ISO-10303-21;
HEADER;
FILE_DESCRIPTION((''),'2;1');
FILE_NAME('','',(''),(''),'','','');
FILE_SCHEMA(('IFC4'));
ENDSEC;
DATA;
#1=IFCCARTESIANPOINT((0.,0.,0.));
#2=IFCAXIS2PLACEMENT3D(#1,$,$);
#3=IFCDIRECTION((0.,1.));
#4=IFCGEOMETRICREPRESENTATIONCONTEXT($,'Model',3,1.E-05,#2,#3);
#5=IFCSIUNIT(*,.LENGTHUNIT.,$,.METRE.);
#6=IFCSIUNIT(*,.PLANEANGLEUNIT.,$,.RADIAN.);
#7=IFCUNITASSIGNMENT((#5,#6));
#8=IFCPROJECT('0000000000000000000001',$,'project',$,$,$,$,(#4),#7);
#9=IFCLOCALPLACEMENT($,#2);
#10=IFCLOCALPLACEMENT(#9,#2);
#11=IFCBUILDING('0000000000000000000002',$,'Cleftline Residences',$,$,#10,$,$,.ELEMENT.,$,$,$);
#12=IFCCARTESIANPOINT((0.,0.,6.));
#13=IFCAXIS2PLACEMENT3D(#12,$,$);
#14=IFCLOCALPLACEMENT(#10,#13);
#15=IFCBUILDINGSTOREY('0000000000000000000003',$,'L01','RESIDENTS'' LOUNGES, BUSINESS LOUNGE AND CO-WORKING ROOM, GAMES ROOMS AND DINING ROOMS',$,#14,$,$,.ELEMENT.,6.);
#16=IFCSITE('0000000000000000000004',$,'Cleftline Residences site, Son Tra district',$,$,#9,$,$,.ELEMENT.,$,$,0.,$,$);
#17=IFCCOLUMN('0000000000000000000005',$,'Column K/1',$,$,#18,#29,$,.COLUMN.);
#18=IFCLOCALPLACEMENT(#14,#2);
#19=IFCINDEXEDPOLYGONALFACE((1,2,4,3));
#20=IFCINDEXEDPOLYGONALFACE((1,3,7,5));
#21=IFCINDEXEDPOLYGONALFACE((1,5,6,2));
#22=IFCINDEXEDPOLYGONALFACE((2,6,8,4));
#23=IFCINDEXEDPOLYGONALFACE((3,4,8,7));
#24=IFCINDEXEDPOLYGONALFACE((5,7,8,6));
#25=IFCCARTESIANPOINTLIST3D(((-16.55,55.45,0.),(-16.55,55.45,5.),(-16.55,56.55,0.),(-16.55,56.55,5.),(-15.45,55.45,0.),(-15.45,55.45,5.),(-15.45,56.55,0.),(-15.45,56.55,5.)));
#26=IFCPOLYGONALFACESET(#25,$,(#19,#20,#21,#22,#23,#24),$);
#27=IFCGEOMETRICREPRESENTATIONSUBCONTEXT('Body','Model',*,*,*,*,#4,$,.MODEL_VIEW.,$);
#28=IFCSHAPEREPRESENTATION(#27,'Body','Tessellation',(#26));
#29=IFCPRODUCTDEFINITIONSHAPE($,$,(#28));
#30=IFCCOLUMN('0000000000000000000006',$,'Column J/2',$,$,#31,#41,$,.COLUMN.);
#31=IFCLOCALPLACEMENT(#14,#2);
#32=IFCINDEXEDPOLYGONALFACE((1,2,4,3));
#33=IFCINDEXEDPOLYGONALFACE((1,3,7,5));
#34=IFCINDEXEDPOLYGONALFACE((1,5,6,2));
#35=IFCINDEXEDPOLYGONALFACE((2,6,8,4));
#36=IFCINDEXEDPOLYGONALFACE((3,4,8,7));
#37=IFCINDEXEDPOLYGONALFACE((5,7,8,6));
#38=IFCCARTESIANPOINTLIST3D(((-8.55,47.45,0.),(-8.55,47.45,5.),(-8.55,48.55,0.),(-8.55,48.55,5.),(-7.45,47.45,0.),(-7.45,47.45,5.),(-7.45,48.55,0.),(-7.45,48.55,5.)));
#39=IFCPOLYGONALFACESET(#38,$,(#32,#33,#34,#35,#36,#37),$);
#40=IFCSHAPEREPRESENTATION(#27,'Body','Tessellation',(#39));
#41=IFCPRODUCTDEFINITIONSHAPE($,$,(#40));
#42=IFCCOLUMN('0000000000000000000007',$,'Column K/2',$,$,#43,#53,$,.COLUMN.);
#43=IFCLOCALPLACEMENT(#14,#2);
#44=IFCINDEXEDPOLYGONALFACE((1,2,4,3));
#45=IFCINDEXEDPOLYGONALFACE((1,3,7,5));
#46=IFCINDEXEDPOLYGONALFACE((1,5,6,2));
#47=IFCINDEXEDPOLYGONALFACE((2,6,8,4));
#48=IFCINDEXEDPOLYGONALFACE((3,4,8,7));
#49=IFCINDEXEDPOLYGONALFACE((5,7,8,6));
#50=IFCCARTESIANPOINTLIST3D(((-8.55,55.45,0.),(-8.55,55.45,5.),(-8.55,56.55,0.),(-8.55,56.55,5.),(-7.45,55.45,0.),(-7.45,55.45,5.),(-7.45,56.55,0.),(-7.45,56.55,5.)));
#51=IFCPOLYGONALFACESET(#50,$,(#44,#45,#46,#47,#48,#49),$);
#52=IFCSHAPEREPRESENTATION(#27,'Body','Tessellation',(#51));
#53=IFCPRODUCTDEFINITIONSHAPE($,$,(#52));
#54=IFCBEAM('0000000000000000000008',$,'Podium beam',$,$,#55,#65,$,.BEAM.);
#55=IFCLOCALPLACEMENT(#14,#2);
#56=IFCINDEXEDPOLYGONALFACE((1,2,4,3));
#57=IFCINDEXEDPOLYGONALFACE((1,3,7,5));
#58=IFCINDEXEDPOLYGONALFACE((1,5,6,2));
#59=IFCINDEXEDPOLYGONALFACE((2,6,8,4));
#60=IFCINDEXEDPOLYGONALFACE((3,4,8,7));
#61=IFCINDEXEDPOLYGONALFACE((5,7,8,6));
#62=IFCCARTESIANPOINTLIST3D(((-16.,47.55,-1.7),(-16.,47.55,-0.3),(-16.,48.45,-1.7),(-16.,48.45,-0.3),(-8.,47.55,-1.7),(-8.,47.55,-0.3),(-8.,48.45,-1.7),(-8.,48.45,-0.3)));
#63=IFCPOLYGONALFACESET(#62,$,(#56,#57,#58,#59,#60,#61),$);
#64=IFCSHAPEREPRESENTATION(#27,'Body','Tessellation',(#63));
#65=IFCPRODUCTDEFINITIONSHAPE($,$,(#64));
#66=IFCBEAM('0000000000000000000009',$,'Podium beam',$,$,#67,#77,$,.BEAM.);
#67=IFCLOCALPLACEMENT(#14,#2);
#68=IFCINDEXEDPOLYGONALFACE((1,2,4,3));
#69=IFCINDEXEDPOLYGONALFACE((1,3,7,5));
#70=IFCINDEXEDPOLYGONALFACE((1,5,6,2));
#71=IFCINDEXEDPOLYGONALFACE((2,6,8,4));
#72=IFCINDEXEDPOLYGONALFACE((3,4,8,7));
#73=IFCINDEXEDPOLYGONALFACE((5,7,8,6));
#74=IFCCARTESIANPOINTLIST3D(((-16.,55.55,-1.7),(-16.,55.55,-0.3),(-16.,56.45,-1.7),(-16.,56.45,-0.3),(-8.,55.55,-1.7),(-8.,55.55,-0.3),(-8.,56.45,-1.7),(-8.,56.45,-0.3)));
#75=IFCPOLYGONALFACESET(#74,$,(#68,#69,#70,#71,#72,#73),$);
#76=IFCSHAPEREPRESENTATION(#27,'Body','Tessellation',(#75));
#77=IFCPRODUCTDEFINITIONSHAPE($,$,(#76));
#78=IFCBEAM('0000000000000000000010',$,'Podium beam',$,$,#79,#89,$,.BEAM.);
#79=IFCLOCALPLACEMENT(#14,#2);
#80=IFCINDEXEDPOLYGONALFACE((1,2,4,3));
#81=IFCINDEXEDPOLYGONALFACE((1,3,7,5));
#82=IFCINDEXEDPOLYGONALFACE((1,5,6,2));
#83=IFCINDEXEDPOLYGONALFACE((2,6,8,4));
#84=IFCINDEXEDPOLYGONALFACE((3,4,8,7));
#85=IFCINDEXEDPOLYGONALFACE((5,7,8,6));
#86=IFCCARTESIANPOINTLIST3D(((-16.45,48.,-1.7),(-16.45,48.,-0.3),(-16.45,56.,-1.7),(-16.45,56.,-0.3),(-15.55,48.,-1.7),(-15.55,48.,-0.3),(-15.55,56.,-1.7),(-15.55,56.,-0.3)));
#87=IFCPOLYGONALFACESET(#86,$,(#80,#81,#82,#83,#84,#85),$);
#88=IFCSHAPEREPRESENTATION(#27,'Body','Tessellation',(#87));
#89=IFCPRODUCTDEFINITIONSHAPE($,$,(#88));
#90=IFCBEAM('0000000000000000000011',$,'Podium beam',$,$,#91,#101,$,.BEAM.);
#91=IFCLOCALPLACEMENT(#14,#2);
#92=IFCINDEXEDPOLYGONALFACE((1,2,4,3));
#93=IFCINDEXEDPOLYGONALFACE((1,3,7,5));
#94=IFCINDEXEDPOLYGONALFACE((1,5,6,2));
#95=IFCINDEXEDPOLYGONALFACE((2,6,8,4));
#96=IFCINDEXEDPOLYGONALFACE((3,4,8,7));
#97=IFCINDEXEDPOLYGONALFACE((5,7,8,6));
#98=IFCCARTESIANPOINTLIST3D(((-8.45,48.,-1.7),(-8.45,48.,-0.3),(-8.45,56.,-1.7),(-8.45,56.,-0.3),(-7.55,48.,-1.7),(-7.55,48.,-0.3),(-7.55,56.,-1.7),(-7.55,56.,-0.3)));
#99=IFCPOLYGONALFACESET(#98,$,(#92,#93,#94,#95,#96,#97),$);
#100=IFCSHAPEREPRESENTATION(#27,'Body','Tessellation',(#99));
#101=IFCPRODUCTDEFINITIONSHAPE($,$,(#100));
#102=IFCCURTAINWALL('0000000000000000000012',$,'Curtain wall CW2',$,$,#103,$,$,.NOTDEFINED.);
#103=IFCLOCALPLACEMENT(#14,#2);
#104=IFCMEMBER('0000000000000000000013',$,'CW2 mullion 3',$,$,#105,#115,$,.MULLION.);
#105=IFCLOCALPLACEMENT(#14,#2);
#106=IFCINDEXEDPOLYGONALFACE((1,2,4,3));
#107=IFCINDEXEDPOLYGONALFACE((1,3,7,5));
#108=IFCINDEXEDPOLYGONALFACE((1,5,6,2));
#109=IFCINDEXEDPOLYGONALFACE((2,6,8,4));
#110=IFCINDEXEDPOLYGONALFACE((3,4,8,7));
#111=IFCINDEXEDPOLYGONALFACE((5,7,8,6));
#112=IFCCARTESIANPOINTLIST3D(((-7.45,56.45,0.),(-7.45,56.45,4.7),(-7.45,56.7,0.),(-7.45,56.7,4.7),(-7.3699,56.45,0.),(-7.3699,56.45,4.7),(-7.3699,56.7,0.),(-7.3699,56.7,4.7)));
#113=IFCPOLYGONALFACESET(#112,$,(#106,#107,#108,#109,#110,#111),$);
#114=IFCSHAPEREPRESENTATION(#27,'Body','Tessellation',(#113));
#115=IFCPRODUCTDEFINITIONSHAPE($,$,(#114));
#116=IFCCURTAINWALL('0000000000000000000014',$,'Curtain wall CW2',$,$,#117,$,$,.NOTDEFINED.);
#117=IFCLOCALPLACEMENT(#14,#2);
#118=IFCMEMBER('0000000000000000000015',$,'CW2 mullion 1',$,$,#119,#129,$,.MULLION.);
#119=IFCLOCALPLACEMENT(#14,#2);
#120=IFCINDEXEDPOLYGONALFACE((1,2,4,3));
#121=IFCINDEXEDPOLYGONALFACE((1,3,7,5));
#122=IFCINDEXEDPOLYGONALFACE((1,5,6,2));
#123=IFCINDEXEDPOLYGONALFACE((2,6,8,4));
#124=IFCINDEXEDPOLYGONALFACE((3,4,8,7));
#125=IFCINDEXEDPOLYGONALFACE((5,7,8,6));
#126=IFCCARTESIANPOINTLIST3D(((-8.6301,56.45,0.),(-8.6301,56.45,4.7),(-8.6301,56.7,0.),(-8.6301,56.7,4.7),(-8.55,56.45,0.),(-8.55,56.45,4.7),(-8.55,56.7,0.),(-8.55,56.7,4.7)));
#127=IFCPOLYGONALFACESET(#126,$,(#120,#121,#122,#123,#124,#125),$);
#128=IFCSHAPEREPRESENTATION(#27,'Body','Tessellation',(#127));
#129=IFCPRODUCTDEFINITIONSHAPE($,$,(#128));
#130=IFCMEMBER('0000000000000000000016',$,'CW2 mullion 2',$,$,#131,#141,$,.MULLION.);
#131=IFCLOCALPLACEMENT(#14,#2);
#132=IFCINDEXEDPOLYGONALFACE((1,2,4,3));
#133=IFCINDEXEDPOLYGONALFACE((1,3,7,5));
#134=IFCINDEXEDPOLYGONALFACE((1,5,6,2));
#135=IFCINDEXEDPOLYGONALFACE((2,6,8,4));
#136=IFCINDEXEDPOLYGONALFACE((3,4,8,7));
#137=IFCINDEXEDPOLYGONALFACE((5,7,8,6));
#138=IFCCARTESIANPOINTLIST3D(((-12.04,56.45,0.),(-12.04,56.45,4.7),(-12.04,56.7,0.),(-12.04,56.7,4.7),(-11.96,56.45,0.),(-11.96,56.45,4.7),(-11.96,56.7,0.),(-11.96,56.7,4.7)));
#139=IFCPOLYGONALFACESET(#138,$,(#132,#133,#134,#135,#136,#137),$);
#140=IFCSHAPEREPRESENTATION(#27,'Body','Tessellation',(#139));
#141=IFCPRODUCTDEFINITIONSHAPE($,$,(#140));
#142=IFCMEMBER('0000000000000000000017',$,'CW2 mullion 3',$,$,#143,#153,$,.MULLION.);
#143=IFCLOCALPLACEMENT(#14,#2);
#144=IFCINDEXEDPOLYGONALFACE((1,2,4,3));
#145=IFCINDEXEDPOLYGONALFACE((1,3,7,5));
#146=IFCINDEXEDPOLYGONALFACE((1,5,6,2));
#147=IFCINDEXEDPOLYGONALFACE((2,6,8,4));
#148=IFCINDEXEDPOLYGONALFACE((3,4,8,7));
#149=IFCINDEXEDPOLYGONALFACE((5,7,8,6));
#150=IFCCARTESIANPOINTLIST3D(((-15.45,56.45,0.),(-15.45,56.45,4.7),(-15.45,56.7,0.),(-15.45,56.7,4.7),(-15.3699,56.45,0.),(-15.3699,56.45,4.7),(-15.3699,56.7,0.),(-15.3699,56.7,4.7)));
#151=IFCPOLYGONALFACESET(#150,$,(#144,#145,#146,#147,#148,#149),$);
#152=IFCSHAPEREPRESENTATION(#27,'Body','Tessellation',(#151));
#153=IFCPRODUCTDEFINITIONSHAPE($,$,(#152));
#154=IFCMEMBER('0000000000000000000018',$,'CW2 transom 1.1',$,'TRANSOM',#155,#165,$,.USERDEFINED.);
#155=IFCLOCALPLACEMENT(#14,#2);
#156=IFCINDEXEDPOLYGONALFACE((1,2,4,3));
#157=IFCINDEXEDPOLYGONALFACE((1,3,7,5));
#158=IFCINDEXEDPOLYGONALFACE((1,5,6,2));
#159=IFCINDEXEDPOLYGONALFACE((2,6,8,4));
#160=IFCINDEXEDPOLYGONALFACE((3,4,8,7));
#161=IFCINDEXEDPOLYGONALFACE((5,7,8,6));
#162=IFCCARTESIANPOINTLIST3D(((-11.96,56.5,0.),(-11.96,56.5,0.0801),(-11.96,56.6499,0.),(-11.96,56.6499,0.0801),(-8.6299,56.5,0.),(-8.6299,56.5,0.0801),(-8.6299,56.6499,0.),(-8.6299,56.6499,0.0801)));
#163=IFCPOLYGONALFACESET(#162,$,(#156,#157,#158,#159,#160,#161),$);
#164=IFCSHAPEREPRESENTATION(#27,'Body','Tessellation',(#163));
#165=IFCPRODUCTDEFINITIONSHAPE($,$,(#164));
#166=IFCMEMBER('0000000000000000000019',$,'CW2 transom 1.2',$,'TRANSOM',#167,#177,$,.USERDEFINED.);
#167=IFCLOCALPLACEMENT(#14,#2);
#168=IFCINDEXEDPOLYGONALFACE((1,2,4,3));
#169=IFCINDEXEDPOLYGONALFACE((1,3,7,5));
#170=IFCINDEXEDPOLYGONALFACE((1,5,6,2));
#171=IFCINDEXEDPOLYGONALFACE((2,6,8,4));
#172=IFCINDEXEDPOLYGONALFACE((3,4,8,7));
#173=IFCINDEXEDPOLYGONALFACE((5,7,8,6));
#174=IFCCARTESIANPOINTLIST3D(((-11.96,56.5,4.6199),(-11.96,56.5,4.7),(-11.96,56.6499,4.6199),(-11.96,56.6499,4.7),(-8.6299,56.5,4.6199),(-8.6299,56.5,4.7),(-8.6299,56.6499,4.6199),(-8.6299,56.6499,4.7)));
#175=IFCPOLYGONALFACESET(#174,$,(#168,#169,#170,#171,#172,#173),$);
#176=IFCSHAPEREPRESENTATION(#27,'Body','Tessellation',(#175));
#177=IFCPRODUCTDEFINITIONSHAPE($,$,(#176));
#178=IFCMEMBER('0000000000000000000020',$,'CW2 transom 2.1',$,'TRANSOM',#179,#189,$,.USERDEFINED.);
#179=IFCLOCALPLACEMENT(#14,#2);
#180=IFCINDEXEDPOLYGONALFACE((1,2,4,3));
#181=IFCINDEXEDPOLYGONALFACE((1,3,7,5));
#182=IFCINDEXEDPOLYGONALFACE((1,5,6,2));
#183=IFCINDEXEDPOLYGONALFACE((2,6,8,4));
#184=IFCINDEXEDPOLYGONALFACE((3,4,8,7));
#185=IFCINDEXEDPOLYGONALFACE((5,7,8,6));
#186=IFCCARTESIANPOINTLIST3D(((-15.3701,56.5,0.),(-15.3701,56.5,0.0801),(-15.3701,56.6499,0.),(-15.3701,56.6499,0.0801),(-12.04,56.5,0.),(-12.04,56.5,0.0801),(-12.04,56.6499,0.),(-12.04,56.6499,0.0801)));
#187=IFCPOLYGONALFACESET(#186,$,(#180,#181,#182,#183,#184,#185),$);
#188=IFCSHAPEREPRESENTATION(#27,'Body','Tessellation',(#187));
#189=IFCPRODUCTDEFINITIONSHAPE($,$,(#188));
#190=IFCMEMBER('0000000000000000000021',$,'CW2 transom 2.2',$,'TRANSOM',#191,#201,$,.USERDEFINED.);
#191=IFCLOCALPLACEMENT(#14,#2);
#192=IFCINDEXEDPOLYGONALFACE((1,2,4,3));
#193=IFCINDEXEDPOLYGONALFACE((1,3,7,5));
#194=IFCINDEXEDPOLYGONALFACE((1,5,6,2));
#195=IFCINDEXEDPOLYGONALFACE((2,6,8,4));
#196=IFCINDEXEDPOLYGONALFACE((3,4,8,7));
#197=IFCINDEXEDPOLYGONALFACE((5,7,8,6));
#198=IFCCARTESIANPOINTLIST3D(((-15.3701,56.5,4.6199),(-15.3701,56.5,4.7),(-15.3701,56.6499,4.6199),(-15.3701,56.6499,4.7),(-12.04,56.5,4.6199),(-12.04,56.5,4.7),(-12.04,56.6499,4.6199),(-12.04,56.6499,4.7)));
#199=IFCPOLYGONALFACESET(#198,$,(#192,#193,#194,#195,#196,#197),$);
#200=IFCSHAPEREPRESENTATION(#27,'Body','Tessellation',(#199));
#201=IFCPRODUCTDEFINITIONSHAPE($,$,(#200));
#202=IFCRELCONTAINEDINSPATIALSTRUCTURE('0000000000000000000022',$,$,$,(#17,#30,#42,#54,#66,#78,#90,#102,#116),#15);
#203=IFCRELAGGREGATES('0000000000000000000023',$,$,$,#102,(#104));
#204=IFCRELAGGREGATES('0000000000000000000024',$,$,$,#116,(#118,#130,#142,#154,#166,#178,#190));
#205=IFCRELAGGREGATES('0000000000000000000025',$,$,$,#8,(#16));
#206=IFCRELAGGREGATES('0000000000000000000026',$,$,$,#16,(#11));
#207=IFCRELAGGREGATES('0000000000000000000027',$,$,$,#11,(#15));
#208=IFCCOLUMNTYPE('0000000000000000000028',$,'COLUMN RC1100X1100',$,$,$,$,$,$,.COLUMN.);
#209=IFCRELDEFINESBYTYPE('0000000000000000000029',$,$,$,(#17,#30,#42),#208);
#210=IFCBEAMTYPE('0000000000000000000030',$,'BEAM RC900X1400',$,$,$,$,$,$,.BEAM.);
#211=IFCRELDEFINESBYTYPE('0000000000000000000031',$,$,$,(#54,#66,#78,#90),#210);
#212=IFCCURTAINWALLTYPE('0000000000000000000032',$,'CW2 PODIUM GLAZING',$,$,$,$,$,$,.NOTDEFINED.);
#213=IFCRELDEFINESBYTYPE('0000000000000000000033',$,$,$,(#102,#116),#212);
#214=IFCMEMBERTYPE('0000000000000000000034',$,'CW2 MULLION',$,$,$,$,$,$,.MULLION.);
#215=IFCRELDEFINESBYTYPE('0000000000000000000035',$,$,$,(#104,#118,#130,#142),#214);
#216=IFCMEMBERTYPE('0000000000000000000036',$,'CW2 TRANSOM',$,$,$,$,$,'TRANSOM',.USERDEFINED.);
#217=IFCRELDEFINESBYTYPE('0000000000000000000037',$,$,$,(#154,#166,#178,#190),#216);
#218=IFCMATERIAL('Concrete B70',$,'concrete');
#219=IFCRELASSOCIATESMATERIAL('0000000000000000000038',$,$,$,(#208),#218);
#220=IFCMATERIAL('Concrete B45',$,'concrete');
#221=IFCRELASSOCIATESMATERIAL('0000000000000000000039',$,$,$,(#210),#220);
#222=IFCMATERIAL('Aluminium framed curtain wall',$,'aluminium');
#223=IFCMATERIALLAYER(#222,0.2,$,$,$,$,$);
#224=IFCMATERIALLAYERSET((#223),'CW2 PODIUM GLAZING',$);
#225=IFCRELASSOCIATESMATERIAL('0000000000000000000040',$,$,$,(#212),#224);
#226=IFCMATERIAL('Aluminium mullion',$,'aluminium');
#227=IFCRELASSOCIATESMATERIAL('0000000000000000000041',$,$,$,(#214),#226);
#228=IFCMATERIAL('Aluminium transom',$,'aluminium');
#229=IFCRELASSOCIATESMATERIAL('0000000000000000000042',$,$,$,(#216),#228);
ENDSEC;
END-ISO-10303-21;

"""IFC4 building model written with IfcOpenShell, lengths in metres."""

from ifc_helpers import new_model, si_unit, direction, frame, origin, origin_2d, place, context, subcontext, project, spatial, rectangle, extrude, material, layer, layer_set, material_profile, profile_set, type_object, element, aggregate, save


model = new_model("IFC4")

# Units and contexts
model_context = context("Model", 3, precision=1e-05, world=origin(), true_north=direction((0.0, 1.0)))
body_context = subcontext(model_context, "Body", "Model", "MODEL_VIEW")
ifc_project = project(units=[si_unit("LENGTHUNIT", "METRE"), si_unit("PLANEANGLEUNIT", "RADIAN")], contexts=[model_context])

# Site, building, storey
site_placement = place(None, origin())
site = spatial("IfcSite", under=ifc_project, at=site_placement, Name="Cleftline Residences site, Son Tra district", CompositionType="ELEMENT", RefElevation=0.0)
building_placement = place(site_placement, origin())
building = spatial("IfcBuilding", under=site, at=building_placement, Name="Cleftline Residences", CompositionType="ELEMENT")
storey_placement = place(building_placement, frame((0.0, 0.0, 6.0)))
storey = spatial("IfcBuildingStorey", under=building, at=storey_placement, Name="L01", Description="RESIDENTS' LOUNGES, BUSINESS LOUNGE AND CO-WORKING ROOM, GAMES ROOMS AND DINING ROOMS", CompositionType="ELEMENT", Elevation=6.0)

# Columns
ifc_material_1 = material(Name="Concrete B70", Category="concrete")
ifc_material_profile_1 = material_profile(ifc_material_1, rectangle(XDim=1.1001, YDim=1.1001, at=origin_2d()))
ifc_profile_set_1 = profile_set([ifc_material_profile_1], Name="Concrete B70")
column_type = type_object("IfcColumnType", Name="COLUMN RC1100X1100", PredefinedType="COLUMN", material=ifc_profile_set_1)
for number, where, z_axis, x_axis, name in (
    (1, (-16.0, 56.0, 0.0), (0.0, 0.0, 1.0), (1.0, 0.0, 0.0), "Column K/1"),
    (2, (-8.0, 48.0, 0.0), (0.0, 0.0, 1.0), (1.0, 0.0, 0.0), "Column J/2"),
    (3, (-8.0, 56.0, 0.0), (0.0, 0.0, 1.0), (1.0, 0.0, 0.0), "Column K/2"),
):
    element("IfcColumn", number, at=place(storey_placement, frame(where, z_axis=z_axis, x_axis=x_axis)), inside=storey, type_object=column_type, Name=name, PredefinedType="COLUMN", context=body_context, shape_type="SweptSolid", body=[
        extrude(rectangle(XDim=1.1001, YDim=1.1001, at=origin_2d()), origin(), (0.0, 0.0, 1.0), 5.0),
    ])

# Beams
ifc_material_2 = material(Name="Concrete B45", Category="concrete")
ifc_material_profile_2 = material_profile(ifc_material_2, rectangle(XDim=0.8999, YDim=1.3999, at=origin_2d()))
ifc_profile_set_2 = profile_set([ifc_material_profile_2], Name="Concrete B45")
beam_type = type_object("IfcBeamType", Name="BEAM RC900X1400", PredefinedType="BEAM", material=ifc_profile_set_2)
for number, where, z_axis, x_axis, name in (
    (4, (-16.0, 48.0, -1.0), (1.0, 0.0, 0.0), (0.0, 1.0, 0.0), "Podium beam"),
    (5, (-16.0, 56.0, -1.0), (1.0, 0.0, 0.0), (0.0, 1.0, 0.0), "Podium beam"),
    (6, (-16.0, 48.0, -1.0), (0.0, 1.0, 0.0), (-1.0, 0.0, 0.0), "Podium beam"),
    (7, (-8.0, 48.0, -1.0), (0.0, 1.0, 0.0), (-1.0, 0.0, 0.0), "Podium beam"),
):
    element("IfcBeam", number, at=place(storey_placement, frame(where, z_axis=z_axis, x_axis=x_axis)), inside=storey, type_object=beam_type, Name=name, PredefinedType="BEAM", context=body_context, shape_type="SweptSolid", body=[
        extrude(rectangle(XDim=0.8999, YDim=1.3999, at=origin_2d()), origin(), (0.0, 0.0, 1.0), 8.0),
    ])

# Curtain wall, member
ifc_material_3 = material(Name="Aluminium framed curtain wall", Category="aluminium")
ifc_layer_1 = layer(ifc_material_3, 0.2)
ifc_layer_set_1 = layer_set([ifc_layer_1], Name="CW2 PODIUM GLAZING")
curtain_wall_type = type_object("IfcCurtainWallType", Name="CW2 PODIUM GLAZING", PredefinedType="NOTDEFINED", material=ifc_layer_set_1)
curtain_wall_1_placement = place(storey_placement, origin())
curtain_wall_1 = element("IfcCurtainWall", 8, at=curtain_wall_1_placement, inside=storey, type_object=curtain_wall_type, Name="Curtain wall CW2", PredefinedType="NOTDEFINED")
ifc_material_4 = material(Name="Aluminium mullion", Category="aluminium")
ifc_material_profile_3 = material_profile(ifc_material_4, rectangle(XDim=0.25, YDim=0.0801, at=origin_2d()))
ifc_profile_set_3 = profile_set([ifc_material_profile_3], Name="Aluminium mullion")
member_type_1 = type_object("IfcMemberType", Name="CW2 MULLION", PredefinedType="MULLION", material=ifc_profile_set_3)
member_1_placement = place(storey_placement, frame((-7.4099, 56.575, 0.0), z_axis=(0.0, 0.0, 1.0), x_axis=(0.0, -1.0, 0.0)))
member_1 = element("IfcMember", 9, at=member_1_placement, type_object=member_type_1, Name="CW2 mullion 3", PredefinedType="MULLION", context=body_context, shape_type="SweptSolid", body=[
    extrude(rectangle(XDim=0.25, YDim=0.0801, at=origin_2d()), origin(), (0.0, 0.0, 1.0), 4.7),
])

# Curtain wall, members
curtain_wall_2_placement = place(storey_placement, origin())
curtain_wall_2 = element("IfcCurtainWall", 10, at=curtain_wall_2_placement, inside=storey, type_object=curtain_wall_type, Name="Curtain wall CW2", PredefinedType="NOTDEFINED")
member_2_placement = place(storey_placement, frame((-8.5901, 56.575, 0.0), z_axis=(0.0, 0.0, 1.0), x_axis=(0.0, -1.0, 0.0)))
member_2 = element("IfcMember", 11, at=member_2_placement, type_object=member_type_1, Name="CW2 mullion 1", PredefinedType="MULLION", context=body_context, shape_type="SweptSolid", body=[
    extrude(rectangle(XDim=0.25, YDim=0.0801, at=origin_2d()), origin(), (0.0, 0.0, 1.0), 4.7),
])
member_3_placement = place(storey_placement, frame((-12.0, 56.575, 0.0), z_axis=(0.0, 0.0, 1.0), x_axis=(0.0, -1.0, 0.0)))
member_3 = element("IfcMember", 12, at=member_3_placement, type_object=member_type_1, Name="CW2 mullion 2", PredefinedType="MULLION", context=body_context, shape_type="SweptSolid", body=[
    extrude(rectangle(XDim=0.25, YDim=0.0801, at=origin_2d()), origin(), (0.0, 0.0, 1.0), 4.7),
])
member_4_placement = place(storey_placement, frame((-15.4099, 56.575, 0.0), z_axis=(0.0, 0.0, 1.0), x_axis=(0.0, -1.0, 0.0)))
member_4 = element("IfcMember", 13, at=member_4_placement, type_object=member_type_1, Name="CW2 mullion 3", PredefinedType="MULLION", context=body_context, shape_type="SweptSolid", body=[
    extrude(rectangle(XDim=0.25, YDim=0.0801, at=origin_2d()), origin(), (0.0, 0.0, 1.0), 4.7),
])
ifc_material_5 = material(Name="Aluminium transom", Category="aluminium")
ifc_material_profile_4 = material_profile(ifc_material_5, rectangle(XDim=0.1499, YDim=0.0801, at=origin_2d()))
ifc_profile_set_4 = profile_set([ifc_material_profile_4], Name="Aluminium transom")
member_type_2 = type_object("IfcMemberType", Name="CW2 TRANSOM", ElementType="TRANSOM", PredefinedType="USERDEFINED", material=ifc_profile_set_4)
member_5_placement = place(storey_placement, frame((-8.6299, 56.575, 0.04), z_axis=(-1.0, 0.0, 0.0), x_axis=(0.0, -1.0, 0.0)))
member_5 = element("IfcMember", 14, at=member_5_placement, type_object=member_type_2, Name="CW2 transom 1.1", ObjectType="TRANSOM", PredefinedType="USERDEFINED", context=body_context, shape_type="SweptSolid", body=[
    extrude(rectangle(XDim=0.1499, YDim=0.0801, at=origin_2d()), origin(), (0.0, 0.0, 1.0), 3.3301),
])
member_6_placement = place(storey_placement, frame((-8.6299, 56.575, 4.6599), z_axis=(-1.0, 0.0, 0.0), x_axis=(0.0, -1.0, 0.0)))
member_6 = element("IfcMember", 15, at=member_6_placement, type_object=member_type_2, Name="CW2 transom 1.2", ObjectType="TRANSOM", PredefinedType="USERDEFINED", context=body_context, shape_type="SweptSolid", body=[
    extrude(rectangle(XDim=0.1499, YDim=0.0801, at=origin_2d()), origin(), (0.0, 0.0, 1.0), 3.3301),
])
member_7_placement = place(storey_placement, frame((-12.04, 56.575, 0.04), z_axis=(-1.0, 0.0, 0.0), x_axis=(0.0, -1.0, 0.0)))
member_7 = element("IfcMember", 16, at=member_7_placement, type_object=member_type_2, Name="CW2 transom 2.1", ObjectType="TRANSOM", PredefinedType="USERDEFINED", context=body_context, shape_type="SweptSolid", body=[
    extrude(rectangle(XDim=0.1499, YDim=0.0801, at=origin_2d()), origin(), (0.0, 0.0, 1.0), 3.3301),
])
member_8_placement = place(storey_placement, frame((-12.04, 56.575, 4.6599), z_axis=(-1.0, 0.0, 0.0), x_axis=(0.0, -1.0, 0.0)))
member_8 = element("IfcMember", 17, at=member_8_placement, type_object=member_type_2, Name="CW2 transom 2.2", ObjectType="TRANSOM", PredefinedType="USERDEFINED", context=body_context, shape_type="SweptSolid", body=[
    extrude(rectangle(XDim=0.1499, YDim=0.0801, at=origin_2d()), origin(), (0.0, 0.0, 1.0), 3.3301),
])

aggregate(curtain_wall_1, [member_1])
aggregate(curtain_wall_2, [member_2, member_3, member_4, member_5, member_6, member_7, member_8])

save(model, "model.ifc")
